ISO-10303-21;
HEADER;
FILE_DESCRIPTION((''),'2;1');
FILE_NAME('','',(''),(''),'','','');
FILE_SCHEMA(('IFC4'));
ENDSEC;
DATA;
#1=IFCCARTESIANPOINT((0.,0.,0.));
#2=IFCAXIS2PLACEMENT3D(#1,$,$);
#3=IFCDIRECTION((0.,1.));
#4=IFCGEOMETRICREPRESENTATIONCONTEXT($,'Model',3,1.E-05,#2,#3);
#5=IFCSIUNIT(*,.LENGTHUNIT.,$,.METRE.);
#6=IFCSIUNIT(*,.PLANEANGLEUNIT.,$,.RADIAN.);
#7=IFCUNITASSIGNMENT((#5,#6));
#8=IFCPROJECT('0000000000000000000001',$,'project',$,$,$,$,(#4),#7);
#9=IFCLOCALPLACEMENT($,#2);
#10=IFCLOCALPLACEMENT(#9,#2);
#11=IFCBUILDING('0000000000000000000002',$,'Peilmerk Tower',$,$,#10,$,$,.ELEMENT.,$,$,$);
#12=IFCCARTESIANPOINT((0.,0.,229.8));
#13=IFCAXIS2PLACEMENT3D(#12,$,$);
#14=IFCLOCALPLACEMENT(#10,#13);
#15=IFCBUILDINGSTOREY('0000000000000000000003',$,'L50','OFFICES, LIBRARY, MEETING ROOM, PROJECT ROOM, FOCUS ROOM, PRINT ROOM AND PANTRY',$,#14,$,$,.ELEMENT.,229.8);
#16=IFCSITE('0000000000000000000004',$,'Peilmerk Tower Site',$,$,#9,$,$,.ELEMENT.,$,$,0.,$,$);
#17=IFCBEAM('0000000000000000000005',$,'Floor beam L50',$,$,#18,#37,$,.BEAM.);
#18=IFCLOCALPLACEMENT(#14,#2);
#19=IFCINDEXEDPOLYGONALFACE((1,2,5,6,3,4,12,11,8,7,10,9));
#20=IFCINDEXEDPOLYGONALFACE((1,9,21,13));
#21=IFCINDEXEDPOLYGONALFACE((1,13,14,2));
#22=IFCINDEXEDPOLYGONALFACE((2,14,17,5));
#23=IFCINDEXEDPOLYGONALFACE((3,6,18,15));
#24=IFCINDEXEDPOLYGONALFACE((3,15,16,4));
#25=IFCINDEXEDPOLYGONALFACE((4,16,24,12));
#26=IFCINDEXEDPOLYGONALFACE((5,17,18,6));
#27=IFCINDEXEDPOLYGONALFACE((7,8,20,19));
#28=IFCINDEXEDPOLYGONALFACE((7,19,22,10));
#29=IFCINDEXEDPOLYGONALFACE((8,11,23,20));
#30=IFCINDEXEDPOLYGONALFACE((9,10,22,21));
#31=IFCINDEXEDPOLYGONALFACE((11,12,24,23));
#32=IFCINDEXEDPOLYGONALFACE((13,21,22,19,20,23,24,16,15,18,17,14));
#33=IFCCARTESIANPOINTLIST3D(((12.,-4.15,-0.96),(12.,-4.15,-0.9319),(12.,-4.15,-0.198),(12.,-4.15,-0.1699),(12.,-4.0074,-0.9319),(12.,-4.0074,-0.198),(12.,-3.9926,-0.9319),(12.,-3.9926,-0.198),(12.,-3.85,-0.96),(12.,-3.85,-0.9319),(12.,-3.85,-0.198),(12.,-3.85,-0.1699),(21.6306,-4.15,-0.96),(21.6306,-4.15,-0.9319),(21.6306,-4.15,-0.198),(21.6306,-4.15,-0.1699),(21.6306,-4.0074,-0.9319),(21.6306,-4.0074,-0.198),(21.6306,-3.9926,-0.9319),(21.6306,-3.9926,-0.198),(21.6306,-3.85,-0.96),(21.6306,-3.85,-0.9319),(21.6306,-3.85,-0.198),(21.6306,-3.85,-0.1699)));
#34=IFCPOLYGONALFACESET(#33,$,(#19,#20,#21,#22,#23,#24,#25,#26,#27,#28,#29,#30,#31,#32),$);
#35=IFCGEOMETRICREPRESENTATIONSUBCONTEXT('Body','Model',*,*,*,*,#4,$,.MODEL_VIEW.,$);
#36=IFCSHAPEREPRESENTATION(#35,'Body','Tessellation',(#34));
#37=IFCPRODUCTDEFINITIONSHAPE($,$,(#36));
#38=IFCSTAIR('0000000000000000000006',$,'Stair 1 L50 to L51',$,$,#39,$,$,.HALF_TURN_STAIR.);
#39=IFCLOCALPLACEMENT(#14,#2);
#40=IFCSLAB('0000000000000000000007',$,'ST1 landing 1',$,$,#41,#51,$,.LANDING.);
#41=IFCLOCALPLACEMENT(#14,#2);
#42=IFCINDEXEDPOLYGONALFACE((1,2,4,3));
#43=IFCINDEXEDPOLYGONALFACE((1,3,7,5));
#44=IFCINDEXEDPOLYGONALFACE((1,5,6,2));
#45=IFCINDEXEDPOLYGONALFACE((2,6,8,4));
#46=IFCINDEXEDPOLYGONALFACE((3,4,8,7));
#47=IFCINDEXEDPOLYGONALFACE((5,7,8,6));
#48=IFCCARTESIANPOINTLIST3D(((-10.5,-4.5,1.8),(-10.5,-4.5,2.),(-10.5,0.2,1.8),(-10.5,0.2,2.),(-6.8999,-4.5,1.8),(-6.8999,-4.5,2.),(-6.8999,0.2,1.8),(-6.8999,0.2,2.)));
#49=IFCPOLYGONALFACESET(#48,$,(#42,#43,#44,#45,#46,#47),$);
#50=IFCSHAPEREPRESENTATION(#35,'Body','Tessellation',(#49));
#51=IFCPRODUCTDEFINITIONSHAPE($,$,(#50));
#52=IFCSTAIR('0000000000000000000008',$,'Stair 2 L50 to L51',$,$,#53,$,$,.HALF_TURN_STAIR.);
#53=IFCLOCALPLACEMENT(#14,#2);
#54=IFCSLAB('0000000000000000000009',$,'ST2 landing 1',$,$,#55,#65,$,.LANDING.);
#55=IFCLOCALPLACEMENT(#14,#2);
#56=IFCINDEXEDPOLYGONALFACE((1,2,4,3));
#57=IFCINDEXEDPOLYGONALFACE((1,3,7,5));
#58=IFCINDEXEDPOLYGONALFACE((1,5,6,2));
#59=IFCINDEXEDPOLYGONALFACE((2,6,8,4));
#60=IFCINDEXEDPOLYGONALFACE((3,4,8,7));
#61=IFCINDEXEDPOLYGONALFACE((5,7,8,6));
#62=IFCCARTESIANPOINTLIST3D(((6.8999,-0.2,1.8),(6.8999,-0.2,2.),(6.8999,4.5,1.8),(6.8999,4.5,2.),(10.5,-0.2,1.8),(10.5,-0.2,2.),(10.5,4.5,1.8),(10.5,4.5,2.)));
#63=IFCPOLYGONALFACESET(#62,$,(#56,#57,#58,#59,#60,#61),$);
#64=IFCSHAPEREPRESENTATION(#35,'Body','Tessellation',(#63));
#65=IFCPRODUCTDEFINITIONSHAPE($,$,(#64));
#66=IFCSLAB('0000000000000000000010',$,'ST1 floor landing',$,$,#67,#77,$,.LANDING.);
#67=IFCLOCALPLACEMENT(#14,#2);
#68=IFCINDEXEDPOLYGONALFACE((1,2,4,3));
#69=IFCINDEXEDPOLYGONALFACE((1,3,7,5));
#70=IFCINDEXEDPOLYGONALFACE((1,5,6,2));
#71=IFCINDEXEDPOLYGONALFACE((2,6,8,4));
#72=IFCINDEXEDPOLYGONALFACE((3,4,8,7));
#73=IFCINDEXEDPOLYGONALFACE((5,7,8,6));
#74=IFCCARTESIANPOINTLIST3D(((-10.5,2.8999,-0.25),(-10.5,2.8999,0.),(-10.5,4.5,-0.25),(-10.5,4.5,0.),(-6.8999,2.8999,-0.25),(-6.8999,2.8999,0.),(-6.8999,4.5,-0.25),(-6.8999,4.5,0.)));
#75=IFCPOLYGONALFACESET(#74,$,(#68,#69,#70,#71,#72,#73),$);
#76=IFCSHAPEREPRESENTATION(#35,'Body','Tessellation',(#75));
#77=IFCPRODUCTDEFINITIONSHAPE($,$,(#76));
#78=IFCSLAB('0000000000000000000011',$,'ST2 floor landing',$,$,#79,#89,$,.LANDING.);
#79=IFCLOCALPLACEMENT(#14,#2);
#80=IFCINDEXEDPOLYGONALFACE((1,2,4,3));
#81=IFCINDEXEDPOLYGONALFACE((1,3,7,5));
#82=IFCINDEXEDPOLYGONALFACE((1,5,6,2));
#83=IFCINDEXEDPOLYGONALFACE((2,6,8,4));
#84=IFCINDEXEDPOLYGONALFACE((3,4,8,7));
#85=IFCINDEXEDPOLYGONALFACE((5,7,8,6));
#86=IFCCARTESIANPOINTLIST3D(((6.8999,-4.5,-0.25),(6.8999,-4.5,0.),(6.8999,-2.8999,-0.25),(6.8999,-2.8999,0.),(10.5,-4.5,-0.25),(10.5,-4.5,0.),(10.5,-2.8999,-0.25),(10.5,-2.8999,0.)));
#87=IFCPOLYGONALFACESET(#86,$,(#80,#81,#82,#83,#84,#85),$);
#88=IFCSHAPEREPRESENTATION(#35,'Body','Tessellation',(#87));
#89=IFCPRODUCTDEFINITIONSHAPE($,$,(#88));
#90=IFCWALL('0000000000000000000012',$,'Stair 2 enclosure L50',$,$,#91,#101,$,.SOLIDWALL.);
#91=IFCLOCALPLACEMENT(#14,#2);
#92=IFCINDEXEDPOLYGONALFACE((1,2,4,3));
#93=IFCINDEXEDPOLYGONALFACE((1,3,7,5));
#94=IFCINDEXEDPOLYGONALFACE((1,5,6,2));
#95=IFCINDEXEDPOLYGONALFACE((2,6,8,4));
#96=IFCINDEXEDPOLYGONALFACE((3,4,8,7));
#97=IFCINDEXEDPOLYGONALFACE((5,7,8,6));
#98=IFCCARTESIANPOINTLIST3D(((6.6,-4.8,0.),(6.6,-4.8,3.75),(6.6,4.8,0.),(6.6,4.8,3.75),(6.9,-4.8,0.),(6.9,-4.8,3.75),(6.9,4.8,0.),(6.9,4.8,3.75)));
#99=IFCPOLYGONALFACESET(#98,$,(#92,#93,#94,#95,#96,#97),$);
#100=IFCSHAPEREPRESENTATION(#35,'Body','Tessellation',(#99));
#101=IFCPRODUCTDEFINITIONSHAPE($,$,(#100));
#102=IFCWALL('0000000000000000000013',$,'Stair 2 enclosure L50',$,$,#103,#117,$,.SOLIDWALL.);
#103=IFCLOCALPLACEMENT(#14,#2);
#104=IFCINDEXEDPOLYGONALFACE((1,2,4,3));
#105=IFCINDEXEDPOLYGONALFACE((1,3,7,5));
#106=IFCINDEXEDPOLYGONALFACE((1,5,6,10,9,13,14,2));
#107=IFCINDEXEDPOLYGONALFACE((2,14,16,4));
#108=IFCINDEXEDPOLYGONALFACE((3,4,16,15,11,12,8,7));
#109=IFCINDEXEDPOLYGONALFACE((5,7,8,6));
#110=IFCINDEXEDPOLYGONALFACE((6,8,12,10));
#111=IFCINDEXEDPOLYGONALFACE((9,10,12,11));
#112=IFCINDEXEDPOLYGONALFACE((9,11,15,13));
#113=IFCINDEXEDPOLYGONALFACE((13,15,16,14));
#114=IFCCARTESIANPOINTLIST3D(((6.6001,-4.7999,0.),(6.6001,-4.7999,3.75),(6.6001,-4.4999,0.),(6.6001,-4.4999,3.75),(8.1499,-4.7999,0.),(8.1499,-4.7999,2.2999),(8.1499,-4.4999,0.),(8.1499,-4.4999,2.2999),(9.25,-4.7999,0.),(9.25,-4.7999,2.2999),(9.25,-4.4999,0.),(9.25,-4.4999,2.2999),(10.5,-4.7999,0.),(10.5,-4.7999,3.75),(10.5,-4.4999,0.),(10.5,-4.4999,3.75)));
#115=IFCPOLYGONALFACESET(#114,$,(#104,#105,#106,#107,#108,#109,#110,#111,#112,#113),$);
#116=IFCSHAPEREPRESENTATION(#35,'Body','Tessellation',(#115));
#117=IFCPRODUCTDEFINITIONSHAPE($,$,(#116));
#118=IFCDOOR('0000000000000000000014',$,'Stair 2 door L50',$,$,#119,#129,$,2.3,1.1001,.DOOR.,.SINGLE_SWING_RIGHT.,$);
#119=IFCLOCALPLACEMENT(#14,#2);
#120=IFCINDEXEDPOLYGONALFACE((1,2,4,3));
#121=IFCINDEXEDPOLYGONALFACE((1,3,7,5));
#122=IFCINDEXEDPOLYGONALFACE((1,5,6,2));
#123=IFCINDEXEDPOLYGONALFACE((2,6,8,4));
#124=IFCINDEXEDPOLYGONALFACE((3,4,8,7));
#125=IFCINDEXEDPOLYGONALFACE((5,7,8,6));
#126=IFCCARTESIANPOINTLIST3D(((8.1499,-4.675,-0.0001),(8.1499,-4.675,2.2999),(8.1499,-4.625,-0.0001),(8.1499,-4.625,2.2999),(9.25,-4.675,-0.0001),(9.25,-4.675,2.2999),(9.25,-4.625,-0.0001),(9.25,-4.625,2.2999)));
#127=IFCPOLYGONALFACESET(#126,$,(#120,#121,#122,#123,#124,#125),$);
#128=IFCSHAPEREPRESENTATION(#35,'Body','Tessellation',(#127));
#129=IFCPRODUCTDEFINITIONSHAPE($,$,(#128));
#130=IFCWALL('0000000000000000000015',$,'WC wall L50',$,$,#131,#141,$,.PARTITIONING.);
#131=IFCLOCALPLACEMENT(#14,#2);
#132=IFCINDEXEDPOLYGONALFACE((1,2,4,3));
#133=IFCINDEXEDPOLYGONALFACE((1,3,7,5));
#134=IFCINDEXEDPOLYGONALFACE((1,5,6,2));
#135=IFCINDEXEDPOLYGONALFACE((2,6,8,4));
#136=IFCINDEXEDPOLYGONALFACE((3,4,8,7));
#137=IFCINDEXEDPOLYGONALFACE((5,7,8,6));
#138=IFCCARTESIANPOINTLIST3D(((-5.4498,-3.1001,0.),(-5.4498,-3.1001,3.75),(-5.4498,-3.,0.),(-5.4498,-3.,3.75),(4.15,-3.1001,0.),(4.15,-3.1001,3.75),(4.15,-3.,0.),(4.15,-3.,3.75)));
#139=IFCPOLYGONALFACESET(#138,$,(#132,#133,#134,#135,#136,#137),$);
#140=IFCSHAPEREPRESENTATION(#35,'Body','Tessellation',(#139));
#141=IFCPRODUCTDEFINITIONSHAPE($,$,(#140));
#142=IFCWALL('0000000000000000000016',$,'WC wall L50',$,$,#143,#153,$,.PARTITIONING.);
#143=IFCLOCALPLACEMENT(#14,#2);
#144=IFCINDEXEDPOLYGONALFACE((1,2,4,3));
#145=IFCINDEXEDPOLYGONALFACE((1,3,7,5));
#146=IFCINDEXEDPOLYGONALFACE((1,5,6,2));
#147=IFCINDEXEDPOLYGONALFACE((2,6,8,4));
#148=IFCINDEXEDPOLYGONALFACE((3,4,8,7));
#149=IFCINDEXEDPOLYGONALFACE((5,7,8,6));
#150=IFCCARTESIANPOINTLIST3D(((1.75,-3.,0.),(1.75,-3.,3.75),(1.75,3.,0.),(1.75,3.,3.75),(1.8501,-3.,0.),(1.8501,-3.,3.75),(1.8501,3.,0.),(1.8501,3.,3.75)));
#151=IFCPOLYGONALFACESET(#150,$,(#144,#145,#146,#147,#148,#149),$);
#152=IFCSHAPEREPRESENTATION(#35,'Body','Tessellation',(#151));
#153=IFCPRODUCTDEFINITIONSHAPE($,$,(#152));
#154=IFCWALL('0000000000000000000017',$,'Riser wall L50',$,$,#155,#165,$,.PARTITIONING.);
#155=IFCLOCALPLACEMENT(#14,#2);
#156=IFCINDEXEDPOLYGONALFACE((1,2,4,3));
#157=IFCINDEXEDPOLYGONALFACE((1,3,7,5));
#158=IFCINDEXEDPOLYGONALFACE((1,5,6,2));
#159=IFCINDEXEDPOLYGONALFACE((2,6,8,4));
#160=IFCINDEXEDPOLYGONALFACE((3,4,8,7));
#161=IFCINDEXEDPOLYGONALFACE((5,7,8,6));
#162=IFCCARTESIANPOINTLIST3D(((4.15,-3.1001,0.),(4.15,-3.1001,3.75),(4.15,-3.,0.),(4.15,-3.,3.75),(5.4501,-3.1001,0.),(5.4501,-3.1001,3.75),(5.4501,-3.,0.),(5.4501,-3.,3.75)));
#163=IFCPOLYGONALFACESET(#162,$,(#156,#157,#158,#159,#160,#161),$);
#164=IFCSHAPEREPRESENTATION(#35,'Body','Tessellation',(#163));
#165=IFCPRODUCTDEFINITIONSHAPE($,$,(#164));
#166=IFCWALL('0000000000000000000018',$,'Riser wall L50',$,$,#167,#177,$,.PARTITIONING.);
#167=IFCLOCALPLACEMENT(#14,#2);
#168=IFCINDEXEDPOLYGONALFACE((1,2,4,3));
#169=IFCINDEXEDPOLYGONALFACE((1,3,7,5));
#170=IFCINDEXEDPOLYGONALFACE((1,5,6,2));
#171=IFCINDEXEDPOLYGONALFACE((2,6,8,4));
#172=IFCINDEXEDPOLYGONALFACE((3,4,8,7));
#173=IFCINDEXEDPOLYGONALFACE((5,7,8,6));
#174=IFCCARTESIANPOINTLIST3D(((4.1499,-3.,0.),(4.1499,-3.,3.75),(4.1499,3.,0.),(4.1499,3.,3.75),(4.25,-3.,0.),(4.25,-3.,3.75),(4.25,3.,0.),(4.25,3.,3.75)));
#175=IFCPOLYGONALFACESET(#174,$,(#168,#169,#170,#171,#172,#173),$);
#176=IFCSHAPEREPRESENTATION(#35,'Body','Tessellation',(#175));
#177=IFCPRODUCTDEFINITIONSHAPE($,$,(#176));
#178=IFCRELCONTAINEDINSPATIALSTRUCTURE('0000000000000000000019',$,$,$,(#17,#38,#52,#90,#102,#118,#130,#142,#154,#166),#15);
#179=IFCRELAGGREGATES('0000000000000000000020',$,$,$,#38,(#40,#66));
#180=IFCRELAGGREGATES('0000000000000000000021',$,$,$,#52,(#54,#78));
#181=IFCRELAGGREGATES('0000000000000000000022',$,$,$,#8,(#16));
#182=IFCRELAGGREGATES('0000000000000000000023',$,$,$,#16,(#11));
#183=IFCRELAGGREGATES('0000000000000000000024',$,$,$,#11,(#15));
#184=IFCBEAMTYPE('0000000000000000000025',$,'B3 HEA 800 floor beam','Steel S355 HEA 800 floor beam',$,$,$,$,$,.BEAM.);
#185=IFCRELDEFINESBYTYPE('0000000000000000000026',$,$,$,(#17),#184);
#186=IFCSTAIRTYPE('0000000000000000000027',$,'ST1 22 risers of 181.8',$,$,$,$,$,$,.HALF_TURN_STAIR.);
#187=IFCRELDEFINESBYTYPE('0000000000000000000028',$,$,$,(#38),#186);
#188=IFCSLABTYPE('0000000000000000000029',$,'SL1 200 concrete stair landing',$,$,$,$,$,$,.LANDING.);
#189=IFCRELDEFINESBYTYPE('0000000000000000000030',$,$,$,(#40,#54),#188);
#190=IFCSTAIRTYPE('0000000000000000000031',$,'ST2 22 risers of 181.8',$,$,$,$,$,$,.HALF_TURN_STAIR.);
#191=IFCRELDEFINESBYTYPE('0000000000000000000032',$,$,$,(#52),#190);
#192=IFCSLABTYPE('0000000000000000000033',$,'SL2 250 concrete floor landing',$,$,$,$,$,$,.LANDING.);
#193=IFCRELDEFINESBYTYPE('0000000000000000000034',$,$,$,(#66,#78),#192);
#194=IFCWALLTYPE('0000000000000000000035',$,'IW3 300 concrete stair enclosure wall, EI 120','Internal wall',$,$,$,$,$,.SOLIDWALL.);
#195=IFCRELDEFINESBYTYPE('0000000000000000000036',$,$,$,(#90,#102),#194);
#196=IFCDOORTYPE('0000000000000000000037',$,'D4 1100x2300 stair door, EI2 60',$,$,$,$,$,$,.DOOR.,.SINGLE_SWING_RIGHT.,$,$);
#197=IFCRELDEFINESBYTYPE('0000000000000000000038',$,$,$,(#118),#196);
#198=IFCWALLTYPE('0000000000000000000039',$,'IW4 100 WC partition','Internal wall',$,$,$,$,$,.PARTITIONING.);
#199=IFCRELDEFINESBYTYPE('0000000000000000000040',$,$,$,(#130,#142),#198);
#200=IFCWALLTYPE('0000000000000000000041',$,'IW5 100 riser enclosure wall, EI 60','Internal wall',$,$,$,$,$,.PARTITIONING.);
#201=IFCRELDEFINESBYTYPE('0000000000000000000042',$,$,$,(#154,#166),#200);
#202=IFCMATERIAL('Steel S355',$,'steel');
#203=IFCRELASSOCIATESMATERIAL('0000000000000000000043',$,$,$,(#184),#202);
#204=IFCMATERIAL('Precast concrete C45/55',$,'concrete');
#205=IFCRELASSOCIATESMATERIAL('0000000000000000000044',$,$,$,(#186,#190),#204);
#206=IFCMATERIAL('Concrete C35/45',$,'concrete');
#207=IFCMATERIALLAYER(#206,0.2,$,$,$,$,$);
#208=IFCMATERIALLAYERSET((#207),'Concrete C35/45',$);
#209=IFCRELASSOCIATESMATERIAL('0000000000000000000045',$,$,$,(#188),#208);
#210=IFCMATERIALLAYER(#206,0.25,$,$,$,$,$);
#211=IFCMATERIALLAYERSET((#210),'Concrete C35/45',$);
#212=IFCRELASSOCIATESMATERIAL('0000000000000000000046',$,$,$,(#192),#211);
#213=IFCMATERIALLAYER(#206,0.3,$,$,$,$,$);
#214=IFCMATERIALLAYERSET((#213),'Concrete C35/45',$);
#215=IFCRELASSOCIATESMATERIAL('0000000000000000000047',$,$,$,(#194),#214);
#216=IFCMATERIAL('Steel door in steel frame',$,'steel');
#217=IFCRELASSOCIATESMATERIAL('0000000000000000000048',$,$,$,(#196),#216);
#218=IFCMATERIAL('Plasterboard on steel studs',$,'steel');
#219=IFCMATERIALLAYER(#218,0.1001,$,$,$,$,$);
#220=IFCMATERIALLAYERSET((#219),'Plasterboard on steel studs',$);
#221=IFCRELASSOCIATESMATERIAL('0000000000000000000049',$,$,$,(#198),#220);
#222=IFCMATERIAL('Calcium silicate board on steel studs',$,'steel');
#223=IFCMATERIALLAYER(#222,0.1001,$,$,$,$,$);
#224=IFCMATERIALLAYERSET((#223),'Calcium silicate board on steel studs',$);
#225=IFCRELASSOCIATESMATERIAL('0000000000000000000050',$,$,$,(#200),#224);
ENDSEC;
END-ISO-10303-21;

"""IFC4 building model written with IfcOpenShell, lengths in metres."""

from ifc_helpers import new_model, si_unit, direction, frame, frame_2d, origin, origin_2d, place, context, subcontext, project, spatial, polyline, rectangle, i_section, outline, extrude, material, layer, layer_set, material_profile, profile_set, type_object, element, fill, aggregate, save


model = new_model("IFC4")

# Units and contexts
model_context = context("Model", 3, precision=1e-05, world=origin(), true_north=direction((0.0, 1.0)))
body_context = subcontext(model_context, "Body", "Model", "MODEL_VIEW")
ifc_project = project(units=[si_unit("LENGTHUNIT", "METRE"), si_unit("PLANEANGLEUNIT", "RADIAN")], contexts=[model_context])

# Site, building, storey
site_placement = place(None, origin())
site = spatial("IfcSite", under=ifc_project, at=site_placement, Name="Peilmerk Tower Site", CompositionType="ELEMENT", RefElevation=0.0)
building_placement = place(site_placement, origin())
building = spatial("IfcBuilding", under=site, at=building_placement, Name="Peilmerk Tower", CompositionType="ELEMENT")
storey_placement = place(building_placement, frame((0.0, 0.0, 229.8)))
storey = spatial("IfcBuildingStorey", under=building, at=storey_placement, Name="L50", Description="OFFICES, LIBRARY, MEETING ROOM, PROJECT ROOM, FOCUS ROOM, PRINT ROOM AND PANTRY", CompositionType="ELEMENT", Elevation=229.8)

# Beam
ifc_material_1 = material(Name="Steel S355", Category="steel")
ifc_material_profile = material_profile(ifc_material_1, i_section(OverallWidth=0.3, OverallDepth=0.79, WebThickness=0.0149, FlangeThickness=0.0281, at=origin_2d()), Name="HEA 800")
ifc_profile_set = profile_set([ifc_material_profile], Name="Steel S355")
beam_type = type_object("IfcBeamType", Name="B3 HEA 800 floor beam", Description="Steel S355 HEA 800 floor beam", PredefinedType="BEAM", material=ifc_profile_set)
beam_placement = place(storey_placement, frame((12.0, -4.0, -0.5649), z_axis=(1.0, 0.0, 0.0), x_axis=(0.0, 1.0, 0.0)))
element("IfcBeam", 1, at=beam_placement, inside=storey, type_object=beam_type, Name="Floor beam L50", PredefinedType="BEAM", context=body_context, shape_type="SweptSolid", body=[
    extrude(i_section(OverallWidth=0.3, OverallDepth=0.79, WebThickness=0.0149, FlangeThickness=0.0281, at=origin_2d()), origin(), (0.0, 0.0, 1.0), 9.6306),
])

# Stairs, slabs
ifc_material_2 = material(Name="Precast concrete C45/55", Category="concrete")
stair_type_1 = type_object("IfcStairType", Name="ST1 22 risers of 181.8", PredefinedType="HALF_TURN_STAIR", material=ifc_material_2)
stair_1_placement = place(storey_placement, origin())
stair_1 = element("IfcStair", 2, at=stair_1_placement, inside=storey, type_object=stair_type_1, Name="Stair 1 L50 to L51", PredefinedType="HALF_TURN_STAIR")
ifc_material_3 = material(Name="Concrete C35/45", Category="concrete")
ifc_layer_1 = layer(ifc_material_3, 0.2)
ifc_layer_set_1 = layer_set([ifc_layer_1], Name="Concrete C35/45")
slab_type_1 = type_object("IfcSlabType", Name="SL1 200 concrete stair landing", PredefinedType="LANDING", material=ifc_layer_set_1)
slab_1_placement = place(storey_placement, frame((0.0, 0.0, 1.8)))
slab_1 = element("IfcSlab", 3, at=slab_1_placement, type_object=slab_type_1, Name="ST1 landing 1", PredefinedType="LANDING", context=body_context, shape_type="SweptSolid", body=[
    extrude(outline(polyline([(-10.5, -4.5), (-6.8999, -4.5), (-6.8999, 0.2), (-10.5, 0.2), (-10.5, -4.5)])), origin(), (0.0, 0.0, 1.0), 0.2),
])
stair_type_2 = type_object("IfcStairType", Name="ST2 22 risers of 181.8", PredefinedType="HALF_TURN_STAIR", material=ifc_material_2)
stair_2_placement = place(storey_placement, origin())
stair_2 = element("IfcStair", 4, at=stair_2_placement, inside=storey, type_object=stair_type_2, Name="Stair 2 L50 to L51", PredefinedType="HALF_TURN_STAIR")
slab_2_placement = place(storey_placement, frame((0.0, 0.0, 1.8)))
slab_2 = element("IfcSlab", 5, at=slab_2_placement, type_object=slab_type_1, Name="ST2 landing 1", PredefinedType="LANDING", context=body_context, shape_type="SweptSolid", body=[
    extrude(outline(polyline([(6.8999, -0.2), (10.5, -0.2), (10.5, 4.5), (6.8999, 4.5), (6.8999, -0.2)])), origin(), (0.0, 0.0, 1.0), 0.2),
])

# Slabs
ifc_layer_2 = layer(ifc_material_3, 0.25)
ifc_layer_set_2 = layer_set([ifc_layer_2], Name="Concrete C35/45")
slab_type_2 = type_object("IfcSlabType", Name="SL2 250 concrete floor landing", PredefinedType="LANDING", material=ifc_layer_set_2)
slab_3_placement = place(storey_placement, frame((0.0, 0.0, -0.25)))
slab_3 = element("IfcSlab", 6, at=slab_3_placement, type_object=slab_type_2, Name="ST1 floor landing", PredefinedType="LANDING", context=body_context, shape_type="SweptSolid", body=[
    extrude(outline(polyline([(-10.5, 2.8999), (-6.8999, 2.8999), (-6.8999, 4.5), (-10.5, 4.5), (-10.5, 2.8999)])), origin(), (0.0, 0.0, 1.0), 0.25),
])
aggregate(stair_1, [slab_1, slab_3])
slab_4_placement = place(storey_placement, frame((0.0, 0.0, -0.25)))
slab_4 = element("IfcSlab", 7, at=slab_4_placement, type_object=slab_type_2, Name="ST2 floor landing", PredefinedType="LANDING", context=body_context, shape_type="SweptSolid", body=[
    extrude(outline(polyline([(6.8999, -4.5), (10.5, -4.5), (10.5, -2.8999), (6.8999, -2.8999), (6.8999, -4.5)])), origin(), (0.0, 0.0, 1.0), 0.25),
])

# Wall
ifc_layer_3 = layer(ifc_material_3, 0.3)
ifc_layer_set_3 = layer_set([ifc_layer_3], Name="Concrete C35/45")
wall_type_1 = type_object("IfcWallType", Name="IW3 300 concrete stair enclosure wall, EI 120", Description="Internal wall", PredefinedType="SOLIDWALL", material=ifc_layer_set_3)
wall_1_placement = place(storey_placement, frame((6.75, -4.8, 0.0), z_axis=(0.0, 0.0, 1.0), x_axis=(0.0, 1.0, 0.0)))
element("IfcWall", 8, at=wall_1_placement, inside=storey, type_object=wall_type_1, Name="Stair 2 enclosure L50", PredefinedType="SOLIDWALL", context=body_context, shape_type="SweptSolid", body=[
    extrude(rectangle(XDim=9.6001, YDim=0.3, at=frame_2d((4.8, 0.0))), origin(), (0.0, 0.0, 1.0), 3.75),
])

# Wall, opening, door
wall_2_placement = place(storey_placement, frame((10.5, -4.6499, 0.0), z_axis=(0.0, 0.0, 1.0), x_axis=(-1.0, 0.0, 0.0)))
wall_2 = element("IfcWall", 9, at=wall_2_placement, inside=storey, type_object=wall_type_1, Name="Stair 2 enclosure L50", PredefinedType="SOLIDWALL", context=body_context, shape_type="SweptSolid", body=[
    extrude(rectangle(XDim=3.8999, YDim=0.3, at=frame_2d((1.95, 0.0))), origin(), (0.0, 0.0, 1.0), 3.75),
])
opening_1_placement = place(wall_2_placement, frame((1.25, 0.0, 0.0)))
opening_1 = element("IfcOpeningElement", 10, at=opening_1_placement, cuts=wall_2, PredefinedType="OPENING", context=body_context, shape_type="SweptSolid", body=[
    extrude(rectangle(XDim=1.1001, YDim=2.3, at=frame_2d((0.55, 1.1499))), frame((0.0, 0.1599, 0.0), z_axis=(0.0, -1.0, 0.0), x_axis=(1.0, 0.0, 0.0)), (0.0, 0.0, 1.0), 0.3201),
])
ifc_material_4 = material(Name="Steel door in steel frame", Category="steel")
door_type_1 = type_object("IfcDoorType", Name="D4 1100x2300 stair door, EI2 60", OperationType="SINGLE_SWING_RIGHT", PredefinedType="DOOR", material=ifc_material_4)
door_1_placement = place(opening_1_placement, frame((1.1001, 0.0, 0.0), z_axis=(0.0, 0.0, 1.0), x_axis=(-1.0, 0.0, 0.0)))
door_1 = element("IfcDoor", 11, at=door_1_placement, inside=storey, type_object=door_type_1, Name="Stair 2 door L50", OperationType="SINGLE_SWING_RIGHT", OverallHeight=2.3, OverallWidth=1.1001, PredefinedType="DOOR", context=body_context, shape_type="SweptSolid", body=[
    extrude(rectangle(XDim=1.1001, YDim=2.3, at=frame_2d((0.55, 1.1499))), frame((0.0, 0.0249, 0.0), z_axis=(0.0, -1.0, 0.0), x_axis=(1.0, 0.0, 0.0)), (0.0, 0.0, 1.0), 0.05),
])
fill(opening_1, door_1)

# Walls
ifc_material_5 = material(Name="Plasterboard on steel studs", Category="steel")
ifc_layer_4 = layer(ifc_material_5, 0.1001)
ifc_layer_set_4 = layer_set([ifc_layer_4], Name="Plasterboard on steel studs")
wall_type_2 = type_object("IfcWallType", Name="IW4 100 WC partition", Description="Internal wall", PredefinedType="PARTITIONING", material=ifc_layer_set_4)
wall_3_placement = place(storey_placement, frame((4.1499, -3.05, 0.0), z_axis=(0.0, 0.0, 1.0), x_axis=(-1.0, 0.0, 0.0)))
element("IfcWall", 12, at=wall_3_placement, inside=storey, type_object=wall_type_2, Name="WC wall L50", PredefinedType="PARTITIONING", context=body_context, shape_type="SweptSolid", body=[
    extrude(rectangle(XDim=9.5999, YDim=0.1001, at=frame_2d((4.7998, 0.0))), origin(), (0.0, 0.0, 1.0), 3.75),
])
wall_4_placement = place(storey_placement, frame((1.8, -3.0, 0.0), z_axis=(0.0, 0.0, 1.0), x_axis=(0.0, 1.0, 0.0)))
element("IfcWall", 13, at=wall_4_placement, inside=storey, type_object=wall_type_2, Name="WC wall L50", PredefinedType="PARTITIONING", context=body_context, shape_type="SweptSolid", body=[
    extrude(rectangle(XDim=6.0, YDim=0.1001, at=frame_2d((3.0, 0.0))), origin(), (0.0, 0.0, 1.0), 3.75),
])
ifc_material_6 = material(Name="Calcium silicate board on steel studs", Category="steel")
ifc_layer_5 = layer(ifc_material_6, 0.1001)
ifc_layer_set_5 = layer_set([ifc_layer_5], Name="Calcium silicate board on steel studs")
wall_type_3 = type_object("IfcWallType", Name="IW5 100 riser enclosure wall, EI 60", Description="Internal wall", PredefinedType="PARTITIONING", material=ifc_layer_set_5)
wall_5_placement = place(storey_placement, frame((5.45, -3.05, 0.0), z_axis=(0.0, 0.0, 1.0), x_axis=(-1.0, 0.0, 0.0)))
element("IfcWall", 14, at=wall_5_placement, inside=storey, type_object=wall_type_3, Name="Riser wall L50", PredefinedType="PARTITIONING", context=body_context, shape_type="SweptSolid", body=[
    extrude(rectangle(XDim=1.3, YDim=0.1001, at=frame_2d((0.6499, 0.0))), origin(), (0.0, 0.0, 1.0), 3.75),
])
wall_6_placement = place(storey_placement, frame((4.2, -3.0, 0.0), z_axis=(0.0, 0.0, 1.0), x_axis=(0.0, 1.0, 0.0)))
element("IfcWall", 15, at=wall_6_placement, inside=storey, type_object=wall_type_3, Name="Riser wall L50", PredefinedType="PARTITIONING", context=body_context, shape_type="SweptSolid", body=[
    extrude(rectangle(XDim=6.0, YDim=0.1001, at=frame_2d((3.0, 0.0))), origin(), (0.0, 0.0, 1.0), 3.75),
])

aggregate(stair_2, [slab_2, slab_4])

save(model, "model.ifc")
